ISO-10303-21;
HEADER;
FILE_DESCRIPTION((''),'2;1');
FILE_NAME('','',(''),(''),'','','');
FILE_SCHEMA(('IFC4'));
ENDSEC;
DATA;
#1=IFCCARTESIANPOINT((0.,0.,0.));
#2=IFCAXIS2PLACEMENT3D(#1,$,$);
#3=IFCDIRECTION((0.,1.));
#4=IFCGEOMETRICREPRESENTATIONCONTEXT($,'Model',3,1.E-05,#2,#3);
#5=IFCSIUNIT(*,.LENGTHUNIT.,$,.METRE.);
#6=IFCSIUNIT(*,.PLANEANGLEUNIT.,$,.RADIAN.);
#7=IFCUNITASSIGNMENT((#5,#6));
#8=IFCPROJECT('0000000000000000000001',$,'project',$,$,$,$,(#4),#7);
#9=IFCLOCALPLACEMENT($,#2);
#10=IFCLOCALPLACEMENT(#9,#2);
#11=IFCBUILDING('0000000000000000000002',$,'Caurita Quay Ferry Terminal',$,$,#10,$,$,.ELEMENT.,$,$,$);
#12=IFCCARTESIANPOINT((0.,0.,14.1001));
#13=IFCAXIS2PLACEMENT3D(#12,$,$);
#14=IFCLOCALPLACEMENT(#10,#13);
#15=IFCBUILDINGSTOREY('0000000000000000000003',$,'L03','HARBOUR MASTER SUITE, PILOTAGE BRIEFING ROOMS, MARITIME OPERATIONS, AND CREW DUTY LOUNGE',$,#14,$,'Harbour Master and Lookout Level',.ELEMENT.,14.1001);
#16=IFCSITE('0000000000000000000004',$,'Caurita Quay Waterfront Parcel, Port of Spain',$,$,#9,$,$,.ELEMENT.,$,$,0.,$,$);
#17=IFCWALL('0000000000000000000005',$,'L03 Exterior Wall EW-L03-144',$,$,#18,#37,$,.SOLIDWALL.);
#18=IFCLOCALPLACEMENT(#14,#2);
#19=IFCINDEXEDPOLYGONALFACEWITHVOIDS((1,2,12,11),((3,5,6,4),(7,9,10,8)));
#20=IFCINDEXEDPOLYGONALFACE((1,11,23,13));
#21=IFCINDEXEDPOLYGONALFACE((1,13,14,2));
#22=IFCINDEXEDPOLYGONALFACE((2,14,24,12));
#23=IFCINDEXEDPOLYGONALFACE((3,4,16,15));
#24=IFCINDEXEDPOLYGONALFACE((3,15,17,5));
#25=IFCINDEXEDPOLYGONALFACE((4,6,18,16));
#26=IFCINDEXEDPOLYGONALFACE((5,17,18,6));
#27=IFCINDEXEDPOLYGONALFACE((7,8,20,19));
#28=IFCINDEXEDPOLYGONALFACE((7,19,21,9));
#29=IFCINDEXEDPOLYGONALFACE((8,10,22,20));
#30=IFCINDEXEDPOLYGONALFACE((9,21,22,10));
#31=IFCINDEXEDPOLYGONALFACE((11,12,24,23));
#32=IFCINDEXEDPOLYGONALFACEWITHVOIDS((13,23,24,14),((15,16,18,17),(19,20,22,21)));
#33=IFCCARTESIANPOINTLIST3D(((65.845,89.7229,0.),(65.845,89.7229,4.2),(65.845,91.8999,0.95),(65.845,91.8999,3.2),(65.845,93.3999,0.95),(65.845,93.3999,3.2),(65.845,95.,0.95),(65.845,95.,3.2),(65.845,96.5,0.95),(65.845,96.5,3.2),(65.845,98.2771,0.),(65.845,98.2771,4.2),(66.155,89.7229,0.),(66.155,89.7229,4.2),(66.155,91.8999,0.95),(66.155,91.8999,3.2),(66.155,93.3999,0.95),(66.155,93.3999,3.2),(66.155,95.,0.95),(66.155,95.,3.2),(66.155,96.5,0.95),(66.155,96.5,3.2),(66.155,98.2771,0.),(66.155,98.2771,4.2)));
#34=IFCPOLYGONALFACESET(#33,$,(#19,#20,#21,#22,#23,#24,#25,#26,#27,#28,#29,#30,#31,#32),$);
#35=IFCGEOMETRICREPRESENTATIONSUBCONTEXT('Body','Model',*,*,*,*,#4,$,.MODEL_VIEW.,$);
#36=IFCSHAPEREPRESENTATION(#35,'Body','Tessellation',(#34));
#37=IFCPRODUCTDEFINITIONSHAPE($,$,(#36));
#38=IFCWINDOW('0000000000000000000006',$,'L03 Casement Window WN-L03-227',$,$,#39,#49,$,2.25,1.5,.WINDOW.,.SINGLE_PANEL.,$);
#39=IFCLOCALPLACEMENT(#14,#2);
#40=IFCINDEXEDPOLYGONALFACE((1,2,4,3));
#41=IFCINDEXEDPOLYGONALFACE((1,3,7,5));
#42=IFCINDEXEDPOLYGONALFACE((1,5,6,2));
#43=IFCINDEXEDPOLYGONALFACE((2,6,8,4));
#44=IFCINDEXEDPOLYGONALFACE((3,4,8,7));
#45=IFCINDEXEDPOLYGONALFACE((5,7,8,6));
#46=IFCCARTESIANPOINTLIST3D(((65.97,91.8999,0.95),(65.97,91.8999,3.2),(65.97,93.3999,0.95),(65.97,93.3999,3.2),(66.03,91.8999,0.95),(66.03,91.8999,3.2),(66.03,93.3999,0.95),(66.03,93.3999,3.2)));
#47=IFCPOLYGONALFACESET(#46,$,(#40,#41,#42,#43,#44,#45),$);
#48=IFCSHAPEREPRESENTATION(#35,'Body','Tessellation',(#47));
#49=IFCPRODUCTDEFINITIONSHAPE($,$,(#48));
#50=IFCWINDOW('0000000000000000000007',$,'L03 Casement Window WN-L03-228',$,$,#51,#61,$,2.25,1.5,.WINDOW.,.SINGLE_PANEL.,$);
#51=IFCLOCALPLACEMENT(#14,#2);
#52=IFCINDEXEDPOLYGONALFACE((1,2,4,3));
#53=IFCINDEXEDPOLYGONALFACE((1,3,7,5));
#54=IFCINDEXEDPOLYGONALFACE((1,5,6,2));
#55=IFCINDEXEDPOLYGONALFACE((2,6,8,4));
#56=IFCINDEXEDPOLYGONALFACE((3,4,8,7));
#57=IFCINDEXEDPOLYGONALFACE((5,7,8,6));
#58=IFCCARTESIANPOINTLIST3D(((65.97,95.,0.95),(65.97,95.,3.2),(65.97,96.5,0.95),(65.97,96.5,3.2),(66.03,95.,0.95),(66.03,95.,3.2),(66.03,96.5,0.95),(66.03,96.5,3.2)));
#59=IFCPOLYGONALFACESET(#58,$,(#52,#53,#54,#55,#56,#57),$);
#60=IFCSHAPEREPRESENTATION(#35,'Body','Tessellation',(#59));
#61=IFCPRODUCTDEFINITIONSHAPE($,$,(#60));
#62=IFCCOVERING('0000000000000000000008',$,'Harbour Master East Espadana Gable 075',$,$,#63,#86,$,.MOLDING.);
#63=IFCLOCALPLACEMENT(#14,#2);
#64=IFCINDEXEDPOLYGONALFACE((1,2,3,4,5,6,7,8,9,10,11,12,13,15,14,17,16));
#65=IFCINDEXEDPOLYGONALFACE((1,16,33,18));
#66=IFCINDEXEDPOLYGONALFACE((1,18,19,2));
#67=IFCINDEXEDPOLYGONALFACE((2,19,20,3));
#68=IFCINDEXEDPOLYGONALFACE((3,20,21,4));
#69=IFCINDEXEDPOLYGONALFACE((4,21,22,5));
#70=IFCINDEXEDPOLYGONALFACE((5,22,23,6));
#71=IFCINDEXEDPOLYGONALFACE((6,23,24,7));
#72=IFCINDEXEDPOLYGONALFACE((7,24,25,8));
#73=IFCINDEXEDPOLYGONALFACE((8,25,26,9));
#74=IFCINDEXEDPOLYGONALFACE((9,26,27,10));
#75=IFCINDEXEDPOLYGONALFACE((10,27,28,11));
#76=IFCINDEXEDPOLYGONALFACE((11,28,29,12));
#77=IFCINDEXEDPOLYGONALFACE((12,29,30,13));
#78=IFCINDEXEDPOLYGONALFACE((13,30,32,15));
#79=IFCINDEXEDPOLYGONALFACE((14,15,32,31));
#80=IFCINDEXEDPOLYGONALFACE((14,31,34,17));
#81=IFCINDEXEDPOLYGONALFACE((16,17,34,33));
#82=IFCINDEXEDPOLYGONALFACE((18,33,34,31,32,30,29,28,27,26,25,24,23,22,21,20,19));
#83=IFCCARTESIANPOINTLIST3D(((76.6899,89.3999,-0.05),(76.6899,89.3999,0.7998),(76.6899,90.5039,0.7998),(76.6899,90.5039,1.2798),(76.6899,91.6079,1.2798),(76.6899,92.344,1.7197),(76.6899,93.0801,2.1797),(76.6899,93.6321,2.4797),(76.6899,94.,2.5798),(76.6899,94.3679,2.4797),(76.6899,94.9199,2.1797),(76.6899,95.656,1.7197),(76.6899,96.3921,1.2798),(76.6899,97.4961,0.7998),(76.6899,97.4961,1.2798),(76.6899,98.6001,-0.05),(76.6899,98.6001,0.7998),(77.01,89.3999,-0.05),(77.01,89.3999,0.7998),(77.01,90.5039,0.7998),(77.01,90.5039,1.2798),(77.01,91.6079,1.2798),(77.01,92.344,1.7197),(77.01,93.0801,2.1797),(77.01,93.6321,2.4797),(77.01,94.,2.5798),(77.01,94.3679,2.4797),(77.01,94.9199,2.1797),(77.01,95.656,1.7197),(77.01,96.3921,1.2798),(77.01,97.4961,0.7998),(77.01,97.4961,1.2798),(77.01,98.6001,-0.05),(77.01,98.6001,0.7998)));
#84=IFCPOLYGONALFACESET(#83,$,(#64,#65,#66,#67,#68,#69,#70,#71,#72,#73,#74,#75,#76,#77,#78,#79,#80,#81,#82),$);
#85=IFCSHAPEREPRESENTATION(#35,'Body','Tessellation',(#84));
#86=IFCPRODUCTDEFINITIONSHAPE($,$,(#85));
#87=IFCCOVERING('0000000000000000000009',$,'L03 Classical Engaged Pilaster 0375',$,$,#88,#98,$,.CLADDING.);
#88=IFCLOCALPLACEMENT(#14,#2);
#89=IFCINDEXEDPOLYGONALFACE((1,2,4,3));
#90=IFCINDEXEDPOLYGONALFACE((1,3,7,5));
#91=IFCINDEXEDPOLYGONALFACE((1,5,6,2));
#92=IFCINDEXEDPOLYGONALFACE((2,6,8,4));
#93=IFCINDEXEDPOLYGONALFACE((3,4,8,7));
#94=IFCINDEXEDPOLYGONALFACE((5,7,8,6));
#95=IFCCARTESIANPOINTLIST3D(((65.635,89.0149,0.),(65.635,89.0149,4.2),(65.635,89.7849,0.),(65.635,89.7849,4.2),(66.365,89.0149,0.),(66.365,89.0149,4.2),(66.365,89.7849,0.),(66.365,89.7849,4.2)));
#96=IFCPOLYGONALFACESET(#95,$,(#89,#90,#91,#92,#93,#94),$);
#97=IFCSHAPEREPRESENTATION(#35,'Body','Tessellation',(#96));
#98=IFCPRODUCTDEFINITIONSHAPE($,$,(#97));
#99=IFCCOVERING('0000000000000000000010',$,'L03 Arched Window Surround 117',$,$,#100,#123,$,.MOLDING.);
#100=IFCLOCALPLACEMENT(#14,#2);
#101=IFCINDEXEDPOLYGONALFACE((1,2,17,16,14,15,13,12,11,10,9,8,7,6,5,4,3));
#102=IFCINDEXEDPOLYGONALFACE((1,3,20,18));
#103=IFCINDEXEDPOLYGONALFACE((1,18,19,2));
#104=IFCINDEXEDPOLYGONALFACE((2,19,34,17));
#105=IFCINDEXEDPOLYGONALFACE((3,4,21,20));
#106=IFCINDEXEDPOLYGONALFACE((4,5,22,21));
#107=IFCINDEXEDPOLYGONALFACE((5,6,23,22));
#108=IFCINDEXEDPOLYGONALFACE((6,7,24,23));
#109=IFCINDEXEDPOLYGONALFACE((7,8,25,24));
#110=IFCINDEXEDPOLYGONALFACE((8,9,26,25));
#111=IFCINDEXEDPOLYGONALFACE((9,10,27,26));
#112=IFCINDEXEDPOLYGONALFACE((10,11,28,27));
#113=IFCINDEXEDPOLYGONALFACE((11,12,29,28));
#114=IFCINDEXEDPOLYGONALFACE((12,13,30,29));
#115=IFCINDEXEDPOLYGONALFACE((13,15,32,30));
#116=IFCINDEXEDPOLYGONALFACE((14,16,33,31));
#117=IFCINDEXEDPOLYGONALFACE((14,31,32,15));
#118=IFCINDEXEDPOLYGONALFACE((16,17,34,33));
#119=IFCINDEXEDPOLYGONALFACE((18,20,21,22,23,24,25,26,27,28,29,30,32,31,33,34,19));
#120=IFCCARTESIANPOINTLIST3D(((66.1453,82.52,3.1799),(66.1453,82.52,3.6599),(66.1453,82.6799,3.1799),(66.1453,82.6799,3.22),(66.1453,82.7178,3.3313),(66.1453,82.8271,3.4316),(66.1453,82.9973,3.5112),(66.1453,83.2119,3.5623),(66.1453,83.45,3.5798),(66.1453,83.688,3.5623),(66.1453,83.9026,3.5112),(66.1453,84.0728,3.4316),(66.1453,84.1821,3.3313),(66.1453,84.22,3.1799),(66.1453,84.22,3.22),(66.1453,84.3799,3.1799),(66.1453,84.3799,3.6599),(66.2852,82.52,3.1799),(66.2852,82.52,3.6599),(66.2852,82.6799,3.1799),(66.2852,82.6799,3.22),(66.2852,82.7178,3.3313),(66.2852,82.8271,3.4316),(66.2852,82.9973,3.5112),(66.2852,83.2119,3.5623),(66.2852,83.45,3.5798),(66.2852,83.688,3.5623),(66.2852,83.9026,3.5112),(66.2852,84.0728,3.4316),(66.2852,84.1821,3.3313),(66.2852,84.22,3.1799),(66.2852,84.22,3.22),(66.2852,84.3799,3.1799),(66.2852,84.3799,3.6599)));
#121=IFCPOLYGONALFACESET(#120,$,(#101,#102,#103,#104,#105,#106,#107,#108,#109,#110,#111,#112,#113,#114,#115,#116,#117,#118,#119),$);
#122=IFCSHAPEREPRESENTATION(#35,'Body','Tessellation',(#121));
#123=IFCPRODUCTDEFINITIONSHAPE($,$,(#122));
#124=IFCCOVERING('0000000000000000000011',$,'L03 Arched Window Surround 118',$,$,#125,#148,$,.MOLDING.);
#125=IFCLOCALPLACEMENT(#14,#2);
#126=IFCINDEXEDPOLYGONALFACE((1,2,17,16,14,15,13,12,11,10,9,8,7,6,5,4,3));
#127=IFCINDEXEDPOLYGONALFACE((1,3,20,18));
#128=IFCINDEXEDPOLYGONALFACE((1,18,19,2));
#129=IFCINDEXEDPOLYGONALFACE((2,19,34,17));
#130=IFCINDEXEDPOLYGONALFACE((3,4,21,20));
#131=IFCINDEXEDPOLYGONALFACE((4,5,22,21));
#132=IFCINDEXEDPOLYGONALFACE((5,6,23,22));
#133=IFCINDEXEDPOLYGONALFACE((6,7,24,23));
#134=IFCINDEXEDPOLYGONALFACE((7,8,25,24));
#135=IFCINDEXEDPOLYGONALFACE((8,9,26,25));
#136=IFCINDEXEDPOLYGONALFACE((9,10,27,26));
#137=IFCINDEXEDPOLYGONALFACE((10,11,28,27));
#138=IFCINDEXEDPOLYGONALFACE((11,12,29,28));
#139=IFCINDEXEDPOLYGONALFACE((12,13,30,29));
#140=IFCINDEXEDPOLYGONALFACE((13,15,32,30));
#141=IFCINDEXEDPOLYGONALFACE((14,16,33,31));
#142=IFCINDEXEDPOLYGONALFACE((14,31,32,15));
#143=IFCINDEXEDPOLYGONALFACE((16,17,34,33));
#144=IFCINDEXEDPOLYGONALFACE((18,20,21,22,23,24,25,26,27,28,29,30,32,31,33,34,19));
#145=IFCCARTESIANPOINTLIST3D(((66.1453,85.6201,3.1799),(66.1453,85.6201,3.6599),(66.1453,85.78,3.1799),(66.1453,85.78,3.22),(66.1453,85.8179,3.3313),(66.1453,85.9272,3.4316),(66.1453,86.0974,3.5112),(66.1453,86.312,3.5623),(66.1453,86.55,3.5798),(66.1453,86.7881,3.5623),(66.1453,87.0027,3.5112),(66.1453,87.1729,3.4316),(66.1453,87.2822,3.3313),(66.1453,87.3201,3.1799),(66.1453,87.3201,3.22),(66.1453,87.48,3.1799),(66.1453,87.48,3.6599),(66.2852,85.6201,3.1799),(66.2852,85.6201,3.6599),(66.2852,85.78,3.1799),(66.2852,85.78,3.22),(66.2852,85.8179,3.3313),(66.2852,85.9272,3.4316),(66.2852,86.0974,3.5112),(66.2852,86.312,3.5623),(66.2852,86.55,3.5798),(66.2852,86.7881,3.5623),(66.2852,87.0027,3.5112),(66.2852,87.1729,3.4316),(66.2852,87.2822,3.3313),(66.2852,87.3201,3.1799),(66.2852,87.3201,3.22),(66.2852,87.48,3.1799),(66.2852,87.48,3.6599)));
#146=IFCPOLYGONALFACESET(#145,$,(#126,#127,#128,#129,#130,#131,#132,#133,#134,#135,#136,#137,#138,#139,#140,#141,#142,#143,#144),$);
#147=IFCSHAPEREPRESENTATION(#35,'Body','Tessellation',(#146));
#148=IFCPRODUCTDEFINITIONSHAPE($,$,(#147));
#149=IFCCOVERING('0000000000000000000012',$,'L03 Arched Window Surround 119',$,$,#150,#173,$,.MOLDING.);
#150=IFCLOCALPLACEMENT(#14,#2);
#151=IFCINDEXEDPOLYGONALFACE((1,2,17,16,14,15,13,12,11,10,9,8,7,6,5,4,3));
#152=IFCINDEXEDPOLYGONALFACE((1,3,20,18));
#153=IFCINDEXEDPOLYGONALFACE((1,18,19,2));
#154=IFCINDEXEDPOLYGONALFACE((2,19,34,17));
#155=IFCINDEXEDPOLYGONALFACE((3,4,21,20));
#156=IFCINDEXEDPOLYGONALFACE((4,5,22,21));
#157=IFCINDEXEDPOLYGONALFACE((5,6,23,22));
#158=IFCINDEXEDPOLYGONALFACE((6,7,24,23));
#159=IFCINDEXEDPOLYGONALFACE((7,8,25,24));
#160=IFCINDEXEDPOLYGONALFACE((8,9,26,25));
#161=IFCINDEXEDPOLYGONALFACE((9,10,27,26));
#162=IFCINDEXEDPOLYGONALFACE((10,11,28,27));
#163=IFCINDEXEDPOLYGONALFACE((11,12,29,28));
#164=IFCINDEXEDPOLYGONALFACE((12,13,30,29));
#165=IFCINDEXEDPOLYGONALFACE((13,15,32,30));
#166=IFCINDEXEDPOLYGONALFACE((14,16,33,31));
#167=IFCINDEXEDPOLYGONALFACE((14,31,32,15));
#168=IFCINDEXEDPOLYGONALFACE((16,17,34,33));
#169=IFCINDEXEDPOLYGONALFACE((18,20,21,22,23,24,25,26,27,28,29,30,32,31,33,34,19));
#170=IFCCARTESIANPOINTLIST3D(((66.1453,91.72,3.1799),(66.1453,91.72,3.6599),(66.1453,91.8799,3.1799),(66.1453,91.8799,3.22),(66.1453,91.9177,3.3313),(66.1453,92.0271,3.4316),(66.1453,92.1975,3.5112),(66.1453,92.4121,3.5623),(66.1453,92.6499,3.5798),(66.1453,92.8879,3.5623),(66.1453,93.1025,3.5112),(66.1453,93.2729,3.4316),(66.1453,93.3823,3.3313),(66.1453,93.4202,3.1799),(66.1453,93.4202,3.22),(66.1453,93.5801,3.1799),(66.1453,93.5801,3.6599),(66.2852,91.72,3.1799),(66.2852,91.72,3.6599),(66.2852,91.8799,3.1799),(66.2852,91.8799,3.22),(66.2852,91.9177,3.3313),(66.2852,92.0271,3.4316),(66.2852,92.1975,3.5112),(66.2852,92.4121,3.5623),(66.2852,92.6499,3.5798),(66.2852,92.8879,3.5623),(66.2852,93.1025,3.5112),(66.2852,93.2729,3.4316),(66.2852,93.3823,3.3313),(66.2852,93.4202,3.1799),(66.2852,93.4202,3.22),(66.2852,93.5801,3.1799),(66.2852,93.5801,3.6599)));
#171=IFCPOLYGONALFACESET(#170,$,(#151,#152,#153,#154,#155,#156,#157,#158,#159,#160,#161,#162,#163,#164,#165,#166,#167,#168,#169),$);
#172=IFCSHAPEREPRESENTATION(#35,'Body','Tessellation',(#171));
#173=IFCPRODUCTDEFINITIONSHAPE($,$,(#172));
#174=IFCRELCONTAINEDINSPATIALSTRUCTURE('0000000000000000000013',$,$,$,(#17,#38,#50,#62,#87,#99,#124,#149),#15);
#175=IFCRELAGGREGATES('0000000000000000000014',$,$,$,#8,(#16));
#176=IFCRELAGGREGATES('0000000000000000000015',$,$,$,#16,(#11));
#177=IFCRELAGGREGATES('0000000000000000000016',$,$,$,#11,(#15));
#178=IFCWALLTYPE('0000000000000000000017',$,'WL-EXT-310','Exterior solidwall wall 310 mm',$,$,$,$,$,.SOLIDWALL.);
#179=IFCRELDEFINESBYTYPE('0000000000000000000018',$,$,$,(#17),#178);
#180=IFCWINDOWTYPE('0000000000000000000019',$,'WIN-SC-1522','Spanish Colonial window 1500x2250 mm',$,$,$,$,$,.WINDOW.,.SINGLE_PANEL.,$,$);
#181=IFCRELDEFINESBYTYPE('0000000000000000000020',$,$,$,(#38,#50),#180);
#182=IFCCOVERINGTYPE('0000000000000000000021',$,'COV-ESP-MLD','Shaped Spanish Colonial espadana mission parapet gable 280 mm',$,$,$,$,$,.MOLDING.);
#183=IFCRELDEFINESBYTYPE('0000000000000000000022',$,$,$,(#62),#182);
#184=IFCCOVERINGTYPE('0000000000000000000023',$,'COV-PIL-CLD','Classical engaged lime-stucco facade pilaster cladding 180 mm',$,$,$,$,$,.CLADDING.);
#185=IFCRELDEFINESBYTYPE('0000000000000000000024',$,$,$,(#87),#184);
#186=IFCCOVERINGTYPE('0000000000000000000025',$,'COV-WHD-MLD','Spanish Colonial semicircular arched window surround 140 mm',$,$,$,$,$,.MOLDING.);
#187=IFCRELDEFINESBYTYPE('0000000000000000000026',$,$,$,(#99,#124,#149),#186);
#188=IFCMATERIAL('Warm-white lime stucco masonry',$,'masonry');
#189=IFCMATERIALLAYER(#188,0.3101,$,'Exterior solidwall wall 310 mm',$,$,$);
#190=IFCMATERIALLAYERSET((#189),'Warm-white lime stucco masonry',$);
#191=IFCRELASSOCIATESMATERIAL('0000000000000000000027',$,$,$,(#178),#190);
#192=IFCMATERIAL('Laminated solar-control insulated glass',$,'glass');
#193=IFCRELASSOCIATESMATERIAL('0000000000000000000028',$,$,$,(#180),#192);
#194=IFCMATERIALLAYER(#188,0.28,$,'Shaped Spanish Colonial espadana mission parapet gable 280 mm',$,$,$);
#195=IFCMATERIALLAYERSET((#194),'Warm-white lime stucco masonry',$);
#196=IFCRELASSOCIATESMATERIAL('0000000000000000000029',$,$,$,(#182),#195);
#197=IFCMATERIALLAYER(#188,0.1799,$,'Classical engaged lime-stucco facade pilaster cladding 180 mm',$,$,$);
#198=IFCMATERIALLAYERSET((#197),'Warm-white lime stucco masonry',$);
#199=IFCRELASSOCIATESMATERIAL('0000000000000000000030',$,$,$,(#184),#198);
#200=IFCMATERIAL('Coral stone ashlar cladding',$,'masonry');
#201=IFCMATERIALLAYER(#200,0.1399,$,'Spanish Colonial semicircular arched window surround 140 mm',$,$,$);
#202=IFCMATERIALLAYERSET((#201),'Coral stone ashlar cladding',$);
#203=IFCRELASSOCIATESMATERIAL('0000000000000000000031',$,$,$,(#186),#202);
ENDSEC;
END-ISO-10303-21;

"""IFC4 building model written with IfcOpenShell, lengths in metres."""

from ifc_helpers import new_model, si_unit, direction, frame, frame_2d, origin, origin_2d, place, context, subcontext, project, spatial, polyline, rectangle, outline, extrude, material, layer, layer_set, type_object, element, fill, save


model = new_model("IFC4")

# Units and contexts
model_context = context("Model", 3, precision=1e-05, world=origin(), true_north=direction((0.0, 1.0)))
body_context = subcontext(model_context, "Body", "Model", "MODEL_VIEW")
ifc_project = project(units=[si_unit("LENGTHUNIT", "METRE"), si_unit("PLANEANGLEUNIT", "RADIAN")], contexts=[model_context])

# Site, building, storey
site_placement = place(None, origin())
site = spatial("IfcSite", under=ifc_project, at=site_placement, Name="Caurita Quay Waterfront Parcel, Port of Spain", CompositionType="ELEMENT", RefElevation=0.0)
building_placement = place(site_placement, origin())
building = spatial("IfcBuilding", under=site, at=building_placement, Name="Caurita Quay Ferry Terminal", CompositionType="ELEMENT")
storey_placement = place(building_placement, frame((0.0, 0.0, 14.1001)))
storey = spatial("IfcBuildingStorey", under=building, at=storey_placement, Name="L03", Description="HARBOUR MASTER SUITE, PILOTAGE BRIEFING ROOMS, MARITIME OPERATIONS, AND CREW DUTY LOUNGE", LongName="Harbour Master and Lookout Level", CompositionType="ELEMENT", Elevation=14.1001)

# Wall, openings, windows
ifc_material_1 = material(Name="Warm-white lime stucco masonry", Category="masonry")
ifc_layer_1 = layer(ifc_material_1, 0.3101, Name="Exterior solidwall wall 310 mm")
ifc_layer_set_1 = layer_set([ifc_layer_1], Name="Warm-white lime stucco masonry")
wall_type = type_object("IfcWallType", Name="WL-EXT-310", Description="Exterior solidwall wall 310 mm", PredefinedType="SOLIDWALL", material=ifc_layer_set_1)
wall_placement = place(storey_placement, frame((66.0, 89.7229, 0.0), z_axis=(0.0, 0.0, 1.0), x_axis=(0.0, 1.0, 0.0)))
wall = element("IfcWall", 1, at=wall_placement, inside=storey, type_object=wall_type, Name="L03 Exterior Wall EW-L03-144", PredefinedType="SOLIDWALL", context=body_context, shape_type="SweptSolid", body=[
    extrude(rectangle(XDim=8.5542, YDim=0.3101, at=frame_2d((4.2771, 0.0))), origin(), (0.0, 0.0, 1.0), 4.2),
])
opening_1_placement = place(wall_placement, frame((2.177, 0.0, 0.95)))
opening_1 = element("IfcOpeningElement", 2, at=opening_1_placement, cuts=wall, PredefinedType="OPENING", context=body_context, shape_type="SweptSolid", body=[
    extrude(rectangle(XDim=1.5, YDim=2.25, at=frame_2d((0.75, 1.125))), frame((0.0, 0.165, 0.0), z_axis=(0.0, -1.0, 0.0), x_axis=(1.0, 0.0, 0.0)), (0.0, 0.0, 1.0), 0.3301),
])
opening_2_placement = place(wall_placement, frame((5.2771, 0.0, 0.95)))
opening_2 = element("IfcOpeningElement", 3, at=opening_2_placement, cuts=wall, PredefinedType="OPENING", context=body_context, shape_type="SweptSolid", body=[
    extrude(rectangle(XDim=1.5, YDim=2.25, at=frame_2d((0.75, 1.125))), frame((0.0, 0.165, 0.0), z_axis=(0.0, -1.0, 0.0), x_axis=(1.0, 0.0, 0.0)), (0.0, 0.0, 1.0), 0.3301),
])
ifc_material_2 = material(Name="Laminated solar-control insulated glass", Category="glass")
window_type = type_object("IfcWindowType", Name="WIN-SC-1522", Description="Spanish Colonial window 1500x2250 mm", PartitioningType="SINGLE_PANEL", PredefinedType="WINDOW", material=ifc_material_2)
window_1_placement = place(opening_1_placement, origin())
window_1 = element("IfcWindow", 4, at=window_1_placement, inside=storey, type_object=window_type, Name="L03 Casement Window WN-L03-227", OverallHeight=2.25, OverallWidth=1.5, PartitioningType="SINGLE_PANEL", PredefinedType="WINDOW", context=body_context, shape_type="SweptSolid", body=[
    extrude(rectangle(XDim=1.5, YDim=2.25, at=frame_2d((0.75, 1.125))), frame((0.0, 0.03, 0.0), z_axis=(0.0, -1.0, 0.0), x_axis=(1.0, 0.0, 0.0)), (0.0, 0.0, 1.0), 0.0601),
])
fill(opening_1, window_1)
window_2_placement = place(opening_2_placement, origin())
window_2 = element("IfcWindow", 5, at=window_2_placement, inside=storey, type_object=window_type, Name="L03 Casement Window WN-L03-228", OverallHeight=2.25, OverallWidth=1.5, PartitioningType="SINGLE_PANEL", PredefinedType="WINDOW", context=body_context, shape_type="SweptSolid", body=[
    extrude(rectangle(XDim=1.5, YDim=2.25, at=frame_2d((0.75, 1.125))), frame((0.0, 0.03, 0.0), z_axis=(0.0, -1.0, 0.0), x_axis=(1.0, 0.0, 0.0)), (0.0, 0.0, 1.0), 0.0601),
])
fill(opening_2, window_2)

# Coverings
ifc_layer_2 = layer(ifc_material_1, 0.28, Name="Shaped Spanish Colonial espadana mission parapet gable 280 mm")
ifc_layer_set_2 = layer_set([ifc_layer_2], Name="Warm-white lime stucco masonry")
covering_type_1 = type_object("IfcCoveringType", Name="COV-ESP-MLD", Description="Shaped Spanish Colonial espadana mission parapet gable 280 mm", PredefinedType="MOLDING", material=ifc_layer_set_2)
covering_1_placement = place(storey_placement, frame((76.8501, 89.3999, -0.05), z_axis=(0.0, 0.0, 1.0), x_axis=(0.0, 1.0, 0.0)))
element("IfcCovering", 6, at=covering_1_placement, inside=storey, type_object=covering_type_1, Name="Harbour Master East Espadana Gable 075", PredefinedType="MOLDING", context=body_context, shape_type="SweptSolid", body=[
    extrude(outline(polyline([(0.0, 0.0), (9.2002, 0.0), (9.2002, 0.8499), (8.0962, 0.8499), (8.0962, 1.3298), (6.9922, 1.3298), (6.2561, 1.7698), (5.52, 2.2297), (4.968, 2.5298), (4.6001, 2.6299), (4.2322, 2.5298), (3.6802, 2.2297), (2.9441, 1.7698), (2.208, 1.3298), (1.104, 1.3298), (1.104, 0.8499), (0.0, 0.8499), (0.0, 0.0)])), frame((0.0, 0.1602, 0.0), z_axis=(0.0, -1.0, 0.0), x_axis=(1.0, 0.0, 0.0)), (0.0, 0.0, 1.0), 0.3201),
])
ifc_layer_3 = layer(ifc_material_1, 0.1799, Name="Classical engaged lime-stucco facade pilaster cladding 180 mm")
ifc_layer_set_3 = layer_set([ifc_layer_3], Name="Warm-white lime stucco masonry")
covering_type_2 = type_object("IfcCoveringType", Name="COV-PIL-CLD", Description="Classical engaged lime-stucco facade pilaster cladding 180 mm", PredefinedType="CLADDING", material=ifc_layer_set_3)
covering_2_placement = place(storey_placement, frame((66.0, 89.3999, 0.0), z_axis=(0.0, 0.0, 1.0), x_axis=(1.0, 0.0, 0.0)))
element("IfcCovering", 7, at=covering_2_placement, inside=storey, type_object=covering_type_2, Name="L03 Classical Engaged Pilaster 0375", PredefinedType="CLADDING", context=body_context, shape_type="SweptSolid", body=[
    extrude(rectangle(XDim=0.73, YDim=0.77, at=origin_2d()), origin(), (0.0, 0.0, 1.0), 4.2),
])
ifc_material_3 = material(Name="Coral stone ashlar cladding", Category="masonry")
ifc_layer_4 = layer(ifc_material_3, 0.1399, Name="Spanish Colonial semicircular arched window surround 140 mm")
ifc_layer_set_4 = layer_set([ifc_layer_4], Name="Coral stone ashlar cladding")
covering_type_3 = type_object("IfcCoveringType", Name="COV-WHD-MLD", Description="Spanish Colonial semicircular arched window surround 140 mm", PredefinedType="MOLDING", material=ifc_layer_set_4)
for number, where, z_axis, x_axis, name in (
    (8, (66.2151, 82.52, 3.1799), (0.0, 0.0, 1.0), (0.0, 1.0, 0.0), "L03 Arched Window Surround 117"),
    (9, (66.2151, 85.6201, 3.1799), (0.0, 0.0, 1.0), (0.0, 1.0, 0.0), "L03 Arched Window Surround 118"),
):
    element("IfcCovering", number, at=place(storey_placement, frame(where, z_axis=z_axis, x_axis=x_axis)), inside=storey, type_object=covering_type_3, Name=name, PredefinedType="MOLDING", context=body_context, shape_type="SweptSolid", body=[
        extrude(outline(polyline([(0.0, 0.0), (0.1599, 0.0), (0.1599, 0.04), (0.1978, 0.1514), (0.3071, 0.2517), (0.4773, 0.3313), (0.6919, 0.3823), (0.9299, 0.3999), (1.168, 0.3823), (1.3826, 0.3313), (1.5527, 0.2517), (1.6621, 0.1514), (1.7, 0.04), (1.7, 0.0), (1.8599, 0.0), (1.8599, 0.48), (0.0, 0.48), (0.0, 0.0)])), frame((0.0, 0.0698, 0.0), z_axis=(0.0, -1.0, 0.0), x_axis=(1.0, 0.0, 0.0)), (0.0, 0.0, 1.0), 0.1399),
    ])
covering_3_placement = place(storey_placement, frame((66.2151, 91.72, 3.1799), z_axis=(0.0, 0.0, 1.0), x_axis=(0.0, 1.0, 0.0)))
element("IfcCovering", 10, at=covering_3_placement, inside=storey, type_object=covering_type_3, Name="L03 Arched Window Surround 119", PredefinedType="MOLDING", context=body_context, shape_type="SweptSolid", body=[
    extrude(outline(polyline([(0.0, 0.0), (0.1599, 0.0), (0.1599, 0.04), (0.1978, 0.1514), (0.3071, 0.2517), (0.4775, 0.3313), (0.6921, 0.3823), (0.9299, 0.3999), (1.168, 0.3823), (1.3826, 0.3313), (1.553, 0.2517), (1.6624, 0.1514), (1.7002, 0.04), (1.7002, 0.0), (1.8601, 0.0), (1.8601, 0.48), (0.0, 0.48), (0.0, 0.0)])), frame((0.0, 0.0698, 0.0), z_axis=(0.0, -1.0, 0.0), x_axis=(1.0, 0.0, 0.0)), (0.0, 0.0, 1.0), 0.1399),
])

save(model, "model.ifc")
